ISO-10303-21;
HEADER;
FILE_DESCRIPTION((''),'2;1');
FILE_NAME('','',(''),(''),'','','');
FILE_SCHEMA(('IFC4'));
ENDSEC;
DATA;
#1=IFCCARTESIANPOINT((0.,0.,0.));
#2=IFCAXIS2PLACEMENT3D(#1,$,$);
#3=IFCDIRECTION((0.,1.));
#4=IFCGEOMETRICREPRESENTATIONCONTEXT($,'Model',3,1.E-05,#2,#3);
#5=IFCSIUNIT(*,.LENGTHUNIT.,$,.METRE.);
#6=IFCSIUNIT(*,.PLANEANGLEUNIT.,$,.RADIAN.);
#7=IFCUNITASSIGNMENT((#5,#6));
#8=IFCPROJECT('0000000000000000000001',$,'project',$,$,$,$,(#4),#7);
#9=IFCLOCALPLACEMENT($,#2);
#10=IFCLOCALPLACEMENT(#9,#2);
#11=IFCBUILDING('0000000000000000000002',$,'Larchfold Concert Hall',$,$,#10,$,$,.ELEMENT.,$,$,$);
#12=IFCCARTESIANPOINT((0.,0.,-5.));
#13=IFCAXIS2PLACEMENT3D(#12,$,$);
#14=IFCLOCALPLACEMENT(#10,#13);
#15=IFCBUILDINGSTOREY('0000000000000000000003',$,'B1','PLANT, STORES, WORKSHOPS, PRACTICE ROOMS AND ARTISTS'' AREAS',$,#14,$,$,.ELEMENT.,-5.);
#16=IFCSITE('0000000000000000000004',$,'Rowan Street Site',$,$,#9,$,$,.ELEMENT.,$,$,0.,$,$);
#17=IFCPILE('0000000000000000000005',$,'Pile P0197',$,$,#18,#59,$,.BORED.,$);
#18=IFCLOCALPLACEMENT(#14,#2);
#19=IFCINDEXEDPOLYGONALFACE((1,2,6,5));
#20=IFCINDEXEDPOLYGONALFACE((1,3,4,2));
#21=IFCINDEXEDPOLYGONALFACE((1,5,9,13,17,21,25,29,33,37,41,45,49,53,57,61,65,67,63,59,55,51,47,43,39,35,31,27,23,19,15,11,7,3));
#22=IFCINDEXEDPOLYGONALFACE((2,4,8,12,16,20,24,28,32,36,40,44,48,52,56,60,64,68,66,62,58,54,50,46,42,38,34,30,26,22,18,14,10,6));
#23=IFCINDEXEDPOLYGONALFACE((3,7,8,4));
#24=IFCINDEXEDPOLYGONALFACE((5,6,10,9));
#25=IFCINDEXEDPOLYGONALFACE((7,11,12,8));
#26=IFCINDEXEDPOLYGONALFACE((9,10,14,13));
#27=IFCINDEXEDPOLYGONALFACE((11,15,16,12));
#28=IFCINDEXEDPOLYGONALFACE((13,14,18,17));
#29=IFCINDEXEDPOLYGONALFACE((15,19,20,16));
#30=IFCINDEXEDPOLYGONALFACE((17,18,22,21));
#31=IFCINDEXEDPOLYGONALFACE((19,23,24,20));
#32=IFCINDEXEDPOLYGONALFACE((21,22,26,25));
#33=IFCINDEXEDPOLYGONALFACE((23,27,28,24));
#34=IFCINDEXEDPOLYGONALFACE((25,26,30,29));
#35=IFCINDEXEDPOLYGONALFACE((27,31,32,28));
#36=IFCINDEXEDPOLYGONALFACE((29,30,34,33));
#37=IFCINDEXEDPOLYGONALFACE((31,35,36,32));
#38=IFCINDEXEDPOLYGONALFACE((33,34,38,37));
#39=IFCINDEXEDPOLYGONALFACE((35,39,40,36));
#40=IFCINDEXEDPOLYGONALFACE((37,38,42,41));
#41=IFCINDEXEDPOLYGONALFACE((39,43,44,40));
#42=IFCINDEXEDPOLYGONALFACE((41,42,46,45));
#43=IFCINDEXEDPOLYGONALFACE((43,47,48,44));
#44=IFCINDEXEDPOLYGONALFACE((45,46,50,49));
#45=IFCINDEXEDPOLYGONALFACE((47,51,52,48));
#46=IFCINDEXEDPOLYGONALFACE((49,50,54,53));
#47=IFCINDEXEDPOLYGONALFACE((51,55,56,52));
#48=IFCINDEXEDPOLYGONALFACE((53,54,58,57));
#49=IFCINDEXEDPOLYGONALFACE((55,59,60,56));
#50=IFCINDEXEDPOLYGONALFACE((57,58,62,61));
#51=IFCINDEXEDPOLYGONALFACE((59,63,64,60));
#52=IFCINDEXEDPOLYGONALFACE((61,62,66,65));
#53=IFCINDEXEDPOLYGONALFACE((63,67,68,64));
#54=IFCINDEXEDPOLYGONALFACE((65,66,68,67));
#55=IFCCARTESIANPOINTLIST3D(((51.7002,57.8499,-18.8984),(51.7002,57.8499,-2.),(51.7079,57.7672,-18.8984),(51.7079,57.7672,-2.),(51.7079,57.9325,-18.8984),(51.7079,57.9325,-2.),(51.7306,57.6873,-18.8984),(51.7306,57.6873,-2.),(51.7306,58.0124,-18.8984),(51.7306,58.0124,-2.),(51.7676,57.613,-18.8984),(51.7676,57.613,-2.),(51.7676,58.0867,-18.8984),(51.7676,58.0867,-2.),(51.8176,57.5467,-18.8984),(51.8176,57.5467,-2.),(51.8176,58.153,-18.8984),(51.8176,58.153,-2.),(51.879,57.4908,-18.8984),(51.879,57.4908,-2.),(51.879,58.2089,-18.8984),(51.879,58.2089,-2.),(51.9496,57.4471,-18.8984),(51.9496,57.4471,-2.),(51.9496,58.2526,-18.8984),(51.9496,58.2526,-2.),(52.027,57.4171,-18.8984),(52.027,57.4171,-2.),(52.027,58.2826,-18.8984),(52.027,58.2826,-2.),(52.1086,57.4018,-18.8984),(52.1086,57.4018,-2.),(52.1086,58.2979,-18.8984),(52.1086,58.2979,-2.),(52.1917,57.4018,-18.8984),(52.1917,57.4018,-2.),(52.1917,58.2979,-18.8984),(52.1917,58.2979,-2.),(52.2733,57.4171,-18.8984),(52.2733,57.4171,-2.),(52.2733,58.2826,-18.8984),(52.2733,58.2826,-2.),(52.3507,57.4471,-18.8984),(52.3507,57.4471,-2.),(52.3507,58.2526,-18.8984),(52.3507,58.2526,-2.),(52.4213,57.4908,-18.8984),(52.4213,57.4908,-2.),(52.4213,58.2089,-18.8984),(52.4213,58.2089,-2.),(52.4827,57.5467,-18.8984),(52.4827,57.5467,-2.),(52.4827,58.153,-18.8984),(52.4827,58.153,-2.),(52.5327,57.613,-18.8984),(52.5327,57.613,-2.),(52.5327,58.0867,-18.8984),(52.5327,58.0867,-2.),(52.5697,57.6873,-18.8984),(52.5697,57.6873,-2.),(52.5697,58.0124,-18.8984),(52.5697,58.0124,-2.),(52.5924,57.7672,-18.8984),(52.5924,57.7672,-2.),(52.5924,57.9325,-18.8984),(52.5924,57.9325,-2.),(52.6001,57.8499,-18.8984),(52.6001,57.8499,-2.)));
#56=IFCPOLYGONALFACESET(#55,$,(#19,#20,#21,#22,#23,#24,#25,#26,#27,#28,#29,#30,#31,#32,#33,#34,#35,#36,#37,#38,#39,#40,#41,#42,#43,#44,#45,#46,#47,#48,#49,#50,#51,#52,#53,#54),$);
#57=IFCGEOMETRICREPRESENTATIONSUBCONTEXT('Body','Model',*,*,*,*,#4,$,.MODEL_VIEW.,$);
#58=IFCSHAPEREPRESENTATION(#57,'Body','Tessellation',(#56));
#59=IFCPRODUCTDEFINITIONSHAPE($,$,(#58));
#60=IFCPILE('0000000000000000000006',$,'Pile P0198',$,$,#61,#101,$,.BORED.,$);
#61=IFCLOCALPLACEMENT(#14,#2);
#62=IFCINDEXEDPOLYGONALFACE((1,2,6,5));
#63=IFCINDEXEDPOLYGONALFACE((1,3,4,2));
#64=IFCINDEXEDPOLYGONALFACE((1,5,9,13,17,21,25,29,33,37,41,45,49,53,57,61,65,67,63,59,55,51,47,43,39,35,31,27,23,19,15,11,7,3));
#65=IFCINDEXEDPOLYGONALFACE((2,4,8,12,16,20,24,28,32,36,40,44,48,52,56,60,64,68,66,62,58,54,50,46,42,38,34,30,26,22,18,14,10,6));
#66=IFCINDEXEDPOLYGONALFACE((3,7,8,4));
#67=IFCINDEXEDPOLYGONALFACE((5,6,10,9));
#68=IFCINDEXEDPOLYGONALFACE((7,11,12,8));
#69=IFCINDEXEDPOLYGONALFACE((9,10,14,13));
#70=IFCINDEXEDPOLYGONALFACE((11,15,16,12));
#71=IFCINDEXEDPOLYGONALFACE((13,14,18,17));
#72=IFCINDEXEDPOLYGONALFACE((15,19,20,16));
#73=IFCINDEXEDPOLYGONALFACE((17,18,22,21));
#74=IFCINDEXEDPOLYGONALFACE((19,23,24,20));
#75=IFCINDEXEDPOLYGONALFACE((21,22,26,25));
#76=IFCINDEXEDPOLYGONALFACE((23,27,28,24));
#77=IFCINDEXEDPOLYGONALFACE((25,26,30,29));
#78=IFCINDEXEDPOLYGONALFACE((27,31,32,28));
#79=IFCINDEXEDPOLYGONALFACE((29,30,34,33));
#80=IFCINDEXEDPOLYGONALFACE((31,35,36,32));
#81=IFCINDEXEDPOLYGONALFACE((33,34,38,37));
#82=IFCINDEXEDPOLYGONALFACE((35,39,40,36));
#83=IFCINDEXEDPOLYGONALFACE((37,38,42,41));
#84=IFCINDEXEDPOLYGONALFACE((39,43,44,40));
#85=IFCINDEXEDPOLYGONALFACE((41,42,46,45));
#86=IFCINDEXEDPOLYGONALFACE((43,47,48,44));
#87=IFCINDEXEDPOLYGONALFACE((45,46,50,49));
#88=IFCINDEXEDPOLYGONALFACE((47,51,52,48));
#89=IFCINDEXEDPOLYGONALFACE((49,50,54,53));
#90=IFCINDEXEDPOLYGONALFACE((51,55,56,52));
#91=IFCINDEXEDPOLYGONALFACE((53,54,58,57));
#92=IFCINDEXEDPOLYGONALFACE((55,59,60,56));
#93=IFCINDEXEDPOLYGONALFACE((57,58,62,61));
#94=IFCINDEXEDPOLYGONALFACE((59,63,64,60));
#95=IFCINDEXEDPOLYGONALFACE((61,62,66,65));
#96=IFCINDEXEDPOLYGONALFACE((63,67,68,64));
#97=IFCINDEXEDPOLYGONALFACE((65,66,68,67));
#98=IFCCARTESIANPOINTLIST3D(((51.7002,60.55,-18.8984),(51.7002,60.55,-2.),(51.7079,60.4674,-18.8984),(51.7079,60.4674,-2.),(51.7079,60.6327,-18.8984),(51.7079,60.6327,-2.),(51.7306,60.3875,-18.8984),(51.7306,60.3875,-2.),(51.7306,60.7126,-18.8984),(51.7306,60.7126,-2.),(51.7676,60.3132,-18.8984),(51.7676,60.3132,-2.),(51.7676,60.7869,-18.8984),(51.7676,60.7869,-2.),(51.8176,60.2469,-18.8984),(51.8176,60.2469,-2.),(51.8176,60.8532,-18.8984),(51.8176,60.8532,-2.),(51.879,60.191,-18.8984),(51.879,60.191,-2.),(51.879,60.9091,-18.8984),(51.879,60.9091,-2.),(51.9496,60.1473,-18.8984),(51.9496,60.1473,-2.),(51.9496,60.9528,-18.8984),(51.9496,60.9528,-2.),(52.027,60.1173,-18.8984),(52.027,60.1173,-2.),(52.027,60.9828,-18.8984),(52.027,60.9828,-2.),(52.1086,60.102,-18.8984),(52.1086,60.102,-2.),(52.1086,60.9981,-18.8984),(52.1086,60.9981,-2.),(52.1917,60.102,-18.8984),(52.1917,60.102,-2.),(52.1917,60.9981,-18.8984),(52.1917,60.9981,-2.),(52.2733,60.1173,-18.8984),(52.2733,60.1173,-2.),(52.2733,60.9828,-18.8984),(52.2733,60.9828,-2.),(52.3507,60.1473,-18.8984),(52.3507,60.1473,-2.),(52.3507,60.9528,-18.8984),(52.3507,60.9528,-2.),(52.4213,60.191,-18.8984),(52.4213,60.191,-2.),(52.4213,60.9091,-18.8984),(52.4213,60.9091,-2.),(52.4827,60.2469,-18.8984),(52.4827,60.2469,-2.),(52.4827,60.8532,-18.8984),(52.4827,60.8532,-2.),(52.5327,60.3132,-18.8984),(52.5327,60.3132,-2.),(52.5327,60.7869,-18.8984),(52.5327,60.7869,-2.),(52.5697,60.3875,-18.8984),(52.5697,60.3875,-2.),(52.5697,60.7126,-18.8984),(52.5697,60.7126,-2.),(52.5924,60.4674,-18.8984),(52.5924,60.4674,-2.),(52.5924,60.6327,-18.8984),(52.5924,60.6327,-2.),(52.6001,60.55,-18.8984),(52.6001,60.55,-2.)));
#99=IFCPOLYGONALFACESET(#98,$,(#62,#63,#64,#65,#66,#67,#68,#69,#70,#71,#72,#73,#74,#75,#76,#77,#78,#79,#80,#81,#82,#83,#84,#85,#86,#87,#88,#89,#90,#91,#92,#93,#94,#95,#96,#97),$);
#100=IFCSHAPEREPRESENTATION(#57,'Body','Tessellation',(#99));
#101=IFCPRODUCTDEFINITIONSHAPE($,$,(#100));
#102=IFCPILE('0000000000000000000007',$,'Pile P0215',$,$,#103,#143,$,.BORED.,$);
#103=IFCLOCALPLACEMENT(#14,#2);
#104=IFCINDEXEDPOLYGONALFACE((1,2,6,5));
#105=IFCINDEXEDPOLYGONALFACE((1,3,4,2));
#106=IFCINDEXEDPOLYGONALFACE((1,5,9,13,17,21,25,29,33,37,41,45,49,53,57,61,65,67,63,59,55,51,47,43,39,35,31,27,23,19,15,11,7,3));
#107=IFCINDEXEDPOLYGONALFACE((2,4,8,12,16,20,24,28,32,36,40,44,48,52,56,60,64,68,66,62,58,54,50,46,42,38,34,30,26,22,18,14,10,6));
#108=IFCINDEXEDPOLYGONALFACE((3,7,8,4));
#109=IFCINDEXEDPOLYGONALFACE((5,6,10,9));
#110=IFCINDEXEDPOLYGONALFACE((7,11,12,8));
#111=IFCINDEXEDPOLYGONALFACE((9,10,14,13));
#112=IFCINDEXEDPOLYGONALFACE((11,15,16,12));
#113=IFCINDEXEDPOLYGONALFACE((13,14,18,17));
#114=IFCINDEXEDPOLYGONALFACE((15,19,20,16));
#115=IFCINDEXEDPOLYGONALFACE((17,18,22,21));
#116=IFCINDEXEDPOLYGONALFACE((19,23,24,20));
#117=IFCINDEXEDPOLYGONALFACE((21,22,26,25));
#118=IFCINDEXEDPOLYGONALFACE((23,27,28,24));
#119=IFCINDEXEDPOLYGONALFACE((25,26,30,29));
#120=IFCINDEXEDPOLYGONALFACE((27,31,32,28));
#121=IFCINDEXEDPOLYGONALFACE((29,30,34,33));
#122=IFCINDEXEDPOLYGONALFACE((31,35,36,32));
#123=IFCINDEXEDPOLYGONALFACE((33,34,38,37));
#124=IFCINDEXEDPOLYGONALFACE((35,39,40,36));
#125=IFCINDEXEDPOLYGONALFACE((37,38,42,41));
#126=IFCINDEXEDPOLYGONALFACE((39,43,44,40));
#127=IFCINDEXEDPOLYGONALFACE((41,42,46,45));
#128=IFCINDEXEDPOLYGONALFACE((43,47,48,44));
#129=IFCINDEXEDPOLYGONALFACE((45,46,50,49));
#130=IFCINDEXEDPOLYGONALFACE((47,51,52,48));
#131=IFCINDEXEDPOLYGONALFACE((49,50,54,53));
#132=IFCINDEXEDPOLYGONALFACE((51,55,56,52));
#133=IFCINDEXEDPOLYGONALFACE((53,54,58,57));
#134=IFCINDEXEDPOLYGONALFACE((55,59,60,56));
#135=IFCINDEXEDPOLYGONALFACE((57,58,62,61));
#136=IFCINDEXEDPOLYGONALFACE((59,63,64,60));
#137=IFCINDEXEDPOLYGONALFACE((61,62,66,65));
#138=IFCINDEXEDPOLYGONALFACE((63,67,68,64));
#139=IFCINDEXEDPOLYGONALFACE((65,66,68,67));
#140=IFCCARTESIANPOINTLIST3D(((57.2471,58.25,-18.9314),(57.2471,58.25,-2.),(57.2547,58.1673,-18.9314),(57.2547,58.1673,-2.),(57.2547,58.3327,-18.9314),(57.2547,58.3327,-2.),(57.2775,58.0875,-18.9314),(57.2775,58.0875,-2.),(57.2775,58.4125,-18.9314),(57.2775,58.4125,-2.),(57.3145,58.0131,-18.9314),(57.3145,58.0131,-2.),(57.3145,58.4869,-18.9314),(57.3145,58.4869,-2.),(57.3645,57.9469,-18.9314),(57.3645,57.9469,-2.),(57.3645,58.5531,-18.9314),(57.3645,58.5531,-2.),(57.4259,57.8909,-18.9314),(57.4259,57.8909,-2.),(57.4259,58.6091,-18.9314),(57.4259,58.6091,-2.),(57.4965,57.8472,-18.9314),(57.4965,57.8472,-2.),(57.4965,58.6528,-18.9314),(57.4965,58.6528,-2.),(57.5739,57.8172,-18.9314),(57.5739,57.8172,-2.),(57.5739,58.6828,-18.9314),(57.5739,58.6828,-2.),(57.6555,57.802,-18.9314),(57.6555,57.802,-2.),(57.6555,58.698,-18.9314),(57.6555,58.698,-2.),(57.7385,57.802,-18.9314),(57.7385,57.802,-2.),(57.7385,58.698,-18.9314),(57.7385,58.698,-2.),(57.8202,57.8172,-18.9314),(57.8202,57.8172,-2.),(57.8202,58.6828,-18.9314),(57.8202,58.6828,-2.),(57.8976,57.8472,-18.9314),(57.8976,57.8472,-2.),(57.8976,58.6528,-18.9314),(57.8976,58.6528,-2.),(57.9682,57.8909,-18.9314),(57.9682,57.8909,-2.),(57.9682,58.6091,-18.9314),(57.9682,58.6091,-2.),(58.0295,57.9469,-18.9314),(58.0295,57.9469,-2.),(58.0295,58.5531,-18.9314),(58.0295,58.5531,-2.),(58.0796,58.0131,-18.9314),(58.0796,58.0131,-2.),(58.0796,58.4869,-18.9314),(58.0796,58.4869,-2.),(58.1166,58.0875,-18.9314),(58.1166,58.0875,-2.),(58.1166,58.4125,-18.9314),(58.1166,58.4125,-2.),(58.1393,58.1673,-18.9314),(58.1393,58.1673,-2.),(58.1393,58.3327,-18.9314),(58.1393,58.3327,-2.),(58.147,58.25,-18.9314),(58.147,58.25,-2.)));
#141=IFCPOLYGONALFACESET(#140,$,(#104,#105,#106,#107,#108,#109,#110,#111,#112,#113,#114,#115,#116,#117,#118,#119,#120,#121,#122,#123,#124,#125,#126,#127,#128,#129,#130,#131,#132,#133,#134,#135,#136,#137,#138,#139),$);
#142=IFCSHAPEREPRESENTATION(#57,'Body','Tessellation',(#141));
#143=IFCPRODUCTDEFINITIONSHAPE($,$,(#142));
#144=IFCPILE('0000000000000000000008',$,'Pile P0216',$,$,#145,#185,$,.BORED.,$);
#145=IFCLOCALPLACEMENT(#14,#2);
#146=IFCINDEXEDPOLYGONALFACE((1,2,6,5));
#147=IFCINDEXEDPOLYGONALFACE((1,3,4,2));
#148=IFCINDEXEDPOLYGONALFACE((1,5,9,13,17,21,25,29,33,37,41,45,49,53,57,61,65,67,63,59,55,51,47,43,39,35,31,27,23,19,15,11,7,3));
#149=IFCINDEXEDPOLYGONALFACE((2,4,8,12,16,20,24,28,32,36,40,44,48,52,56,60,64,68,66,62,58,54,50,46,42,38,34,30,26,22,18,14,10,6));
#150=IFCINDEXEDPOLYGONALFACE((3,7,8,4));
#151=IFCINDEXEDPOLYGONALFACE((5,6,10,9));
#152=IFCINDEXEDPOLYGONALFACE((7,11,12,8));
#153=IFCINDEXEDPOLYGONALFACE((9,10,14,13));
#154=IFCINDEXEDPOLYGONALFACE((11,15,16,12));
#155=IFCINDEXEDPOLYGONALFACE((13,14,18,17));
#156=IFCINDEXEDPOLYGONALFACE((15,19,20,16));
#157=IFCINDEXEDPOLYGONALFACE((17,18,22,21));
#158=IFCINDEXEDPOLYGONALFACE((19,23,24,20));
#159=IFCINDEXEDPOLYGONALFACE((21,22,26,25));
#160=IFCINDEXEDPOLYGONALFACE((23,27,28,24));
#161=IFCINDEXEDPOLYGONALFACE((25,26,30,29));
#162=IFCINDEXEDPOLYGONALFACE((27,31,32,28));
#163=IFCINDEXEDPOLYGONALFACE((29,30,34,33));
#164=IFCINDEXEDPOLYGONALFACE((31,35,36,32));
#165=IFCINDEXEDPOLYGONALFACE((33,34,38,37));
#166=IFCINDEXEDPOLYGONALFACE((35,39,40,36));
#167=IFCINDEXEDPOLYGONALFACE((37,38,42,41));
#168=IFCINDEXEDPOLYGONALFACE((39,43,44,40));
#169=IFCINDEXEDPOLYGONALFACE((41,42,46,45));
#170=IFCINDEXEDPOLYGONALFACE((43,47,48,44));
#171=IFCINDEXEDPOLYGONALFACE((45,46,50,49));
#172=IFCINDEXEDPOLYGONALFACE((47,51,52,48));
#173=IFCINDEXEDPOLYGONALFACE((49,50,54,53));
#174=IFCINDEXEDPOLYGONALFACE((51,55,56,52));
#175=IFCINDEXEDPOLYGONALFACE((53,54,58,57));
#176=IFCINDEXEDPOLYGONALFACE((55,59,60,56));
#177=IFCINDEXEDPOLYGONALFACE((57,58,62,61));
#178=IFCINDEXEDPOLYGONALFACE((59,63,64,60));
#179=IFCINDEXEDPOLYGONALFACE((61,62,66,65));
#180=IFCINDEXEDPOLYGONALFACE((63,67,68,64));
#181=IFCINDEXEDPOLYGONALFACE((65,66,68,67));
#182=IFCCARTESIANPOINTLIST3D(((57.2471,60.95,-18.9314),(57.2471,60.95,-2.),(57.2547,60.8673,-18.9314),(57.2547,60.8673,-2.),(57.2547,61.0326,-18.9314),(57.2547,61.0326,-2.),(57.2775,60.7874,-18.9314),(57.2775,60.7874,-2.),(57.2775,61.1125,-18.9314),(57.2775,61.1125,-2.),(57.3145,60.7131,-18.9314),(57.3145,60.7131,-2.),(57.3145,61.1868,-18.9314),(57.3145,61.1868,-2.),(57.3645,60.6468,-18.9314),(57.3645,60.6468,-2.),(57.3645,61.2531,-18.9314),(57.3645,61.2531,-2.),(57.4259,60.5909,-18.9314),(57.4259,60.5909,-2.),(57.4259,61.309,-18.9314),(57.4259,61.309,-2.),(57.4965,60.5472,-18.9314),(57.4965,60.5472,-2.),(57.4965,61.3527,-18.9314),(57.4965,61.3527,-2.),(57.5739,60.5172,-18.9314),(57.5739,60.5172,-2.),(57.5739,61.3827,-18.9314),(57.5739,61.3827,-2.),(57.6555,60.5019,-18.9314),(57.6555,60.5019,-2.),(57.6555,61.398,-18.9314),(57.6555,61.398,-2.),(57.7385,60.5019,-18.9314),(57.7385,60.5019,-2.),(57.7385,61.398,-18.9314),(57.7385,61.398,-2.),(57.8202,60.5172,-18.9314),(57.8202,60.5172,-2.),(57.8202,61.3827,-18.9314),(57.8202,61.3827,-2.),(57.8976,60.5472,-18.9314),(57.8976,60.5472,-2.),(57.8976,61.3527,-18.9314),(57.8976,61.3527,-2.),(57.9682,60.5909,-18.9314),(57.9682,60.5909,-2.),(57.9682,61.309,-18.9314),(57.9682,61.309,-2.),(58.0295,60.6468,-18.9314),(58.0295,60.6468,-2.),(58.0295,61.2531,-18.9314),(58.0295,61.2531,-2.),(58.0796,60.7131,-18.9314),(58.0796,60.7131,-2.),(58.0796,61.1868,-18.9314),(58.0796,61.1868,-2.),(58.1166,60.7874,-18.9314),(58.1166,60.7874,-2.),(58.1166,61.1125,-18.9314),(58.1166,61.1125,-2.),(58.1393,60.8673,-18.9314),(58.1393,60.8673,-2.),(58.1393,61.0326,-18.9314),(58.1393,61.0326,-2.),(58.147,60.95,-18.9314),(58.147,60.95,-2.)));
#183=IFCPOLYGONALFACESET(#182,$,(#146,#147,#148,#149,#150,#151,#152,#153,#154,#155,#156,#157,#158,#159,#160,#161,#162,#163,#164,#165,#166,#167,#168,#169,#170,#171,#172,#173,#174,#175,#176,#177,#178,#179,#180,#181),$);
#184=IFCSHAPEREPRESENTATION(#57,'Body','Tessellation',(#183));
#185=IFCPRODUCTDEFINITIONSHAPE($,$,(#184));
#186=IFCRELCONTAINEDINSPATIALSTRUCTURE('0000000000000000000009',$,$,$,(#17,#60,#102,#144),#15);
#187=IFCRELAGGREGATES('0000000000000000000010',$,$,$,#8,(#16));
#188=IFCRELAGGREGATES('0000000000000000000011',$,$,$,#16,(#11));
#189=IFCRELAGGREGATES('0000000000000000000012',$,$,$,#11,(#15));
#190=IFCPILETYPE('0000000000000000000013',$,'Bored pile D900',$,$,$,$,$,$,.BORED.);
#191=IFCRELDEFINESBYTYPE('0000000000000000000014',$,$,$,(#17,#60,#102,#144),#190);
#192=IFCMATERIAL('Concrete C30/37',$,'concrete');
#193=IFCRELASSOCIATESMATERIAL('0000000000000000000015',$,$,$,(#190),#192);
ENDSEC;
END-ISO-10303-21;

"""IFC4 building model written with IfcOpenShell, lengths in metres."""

from ifc_helpers import new_model, si_unit, direction, frame, origin, origin_2d, place, context, subcontext, project, spatial, circle, extrude, material, material_profile, profile_set, type_object, element, save


model = new_model("IFC4")

# Units and contexts
model_context = context("Model", 3, precision=1e-05, world=origin(), true_north=direction((0.0, 1.0)))
body_context = subcontext(model_context, "Body", "Model", "MODEL_VIEW")
ifc_project = project(units=[si_unit("LENGTHUNIT", "METRE"), si_unit("PLANEANGLEUNIT", "RADIAN")], contexts=[model_context])

# Site, building, storey
site_placement = place(None, origin())
site = spatial("IfcSite", under=ifc_project, at=site_placement, Name="Rowan Street Site", CompositionType="ELEMENT", RefElevation=0.0)
building_placement = place(site_placement, origin())
building = spatial("IfcBuilding", under=site, at=building_placement, Name="Larchfold Concert Hall", CompositionType="ELEMENT")
storey_placement = place(building_placement, frame((0.0, 0.0, -5.0)))
storey = spatial("IfcBuildingStorey", under=building, at=storey_placement, Name="B1", Description="PLANT, STORES, WORKSHOPS, PRACTICE ROOMS AND ARTISTS' AREAS", CompositionType="ELEMENT", Elevation=-5.0)

# Piles
ifc_material_1 = material(Name="Concrete C30/37", Category="concrete")
ifc_material_profile_1 = material_profile(ifc_material_1, circle(Radius=0.45, at=origin_2d()))
ifc_profile_set_1 = profile_set([ifc_material_profile_1], Name="Concrete C30/37")
pile_type_1 = type_object("IfcPileType", Name="Bored pile D900", PredefinedType="BORED", material=ifc_profile_set_1)
for number, where, z_axis, x_axis, name in (
    (1, (52.1501, 57.8499, -2.0), (0.0, 0.0, -1.0), (1.0, 0.0, 0.0), "Pile P0197"),
    (2, (52.1501, 60.55, -2.0), (0.0, 0.0, -1.0), (1.0, 0.0, 0.0), "Pile P0198"),
):
    element("IfcPile", number, at=place(storey_placement, frame(where, z_axis=z_axis, x_axis=x_axis)), inside=storey, type_object=pile_type_1, Name=name, PredefinedType="BORED", context=body_context, shape_type="SweptSolid", body=[
        extrude(circle(Radius=0.45, at=origin_2d()), origin(), (0.0, 0.0, 1.0), 16.8984),
    ])
for number, where, z_axis, x_axis, name in (
    (3, (57.697, 58.25, -2.0), (0.0, 0.0, -1.0), (1.0, 0.0, 0.0), "Pile P0215"),
    (4, (57.697, 60.95, -2.0), (0.0, 0.0, -1.0), (1.0, 0.0, 0.0), "Pile P0216"),
):
    element("IfcPile", number, at=place(storey_placement, frame(where, z_axis=z_axis, x_axis=x_axis)), inside=storey, type_object=pile_type_1, Name=name, PredefinedType="BORED", context=body_context, shape_type="SweptSolid", body=[
        extrude(circle(Radius=0.45, at=origin_2d()), origin(), (0.0, 0.0, 1.0), 16.9314),
    ])

save(model, "model.ifc")
